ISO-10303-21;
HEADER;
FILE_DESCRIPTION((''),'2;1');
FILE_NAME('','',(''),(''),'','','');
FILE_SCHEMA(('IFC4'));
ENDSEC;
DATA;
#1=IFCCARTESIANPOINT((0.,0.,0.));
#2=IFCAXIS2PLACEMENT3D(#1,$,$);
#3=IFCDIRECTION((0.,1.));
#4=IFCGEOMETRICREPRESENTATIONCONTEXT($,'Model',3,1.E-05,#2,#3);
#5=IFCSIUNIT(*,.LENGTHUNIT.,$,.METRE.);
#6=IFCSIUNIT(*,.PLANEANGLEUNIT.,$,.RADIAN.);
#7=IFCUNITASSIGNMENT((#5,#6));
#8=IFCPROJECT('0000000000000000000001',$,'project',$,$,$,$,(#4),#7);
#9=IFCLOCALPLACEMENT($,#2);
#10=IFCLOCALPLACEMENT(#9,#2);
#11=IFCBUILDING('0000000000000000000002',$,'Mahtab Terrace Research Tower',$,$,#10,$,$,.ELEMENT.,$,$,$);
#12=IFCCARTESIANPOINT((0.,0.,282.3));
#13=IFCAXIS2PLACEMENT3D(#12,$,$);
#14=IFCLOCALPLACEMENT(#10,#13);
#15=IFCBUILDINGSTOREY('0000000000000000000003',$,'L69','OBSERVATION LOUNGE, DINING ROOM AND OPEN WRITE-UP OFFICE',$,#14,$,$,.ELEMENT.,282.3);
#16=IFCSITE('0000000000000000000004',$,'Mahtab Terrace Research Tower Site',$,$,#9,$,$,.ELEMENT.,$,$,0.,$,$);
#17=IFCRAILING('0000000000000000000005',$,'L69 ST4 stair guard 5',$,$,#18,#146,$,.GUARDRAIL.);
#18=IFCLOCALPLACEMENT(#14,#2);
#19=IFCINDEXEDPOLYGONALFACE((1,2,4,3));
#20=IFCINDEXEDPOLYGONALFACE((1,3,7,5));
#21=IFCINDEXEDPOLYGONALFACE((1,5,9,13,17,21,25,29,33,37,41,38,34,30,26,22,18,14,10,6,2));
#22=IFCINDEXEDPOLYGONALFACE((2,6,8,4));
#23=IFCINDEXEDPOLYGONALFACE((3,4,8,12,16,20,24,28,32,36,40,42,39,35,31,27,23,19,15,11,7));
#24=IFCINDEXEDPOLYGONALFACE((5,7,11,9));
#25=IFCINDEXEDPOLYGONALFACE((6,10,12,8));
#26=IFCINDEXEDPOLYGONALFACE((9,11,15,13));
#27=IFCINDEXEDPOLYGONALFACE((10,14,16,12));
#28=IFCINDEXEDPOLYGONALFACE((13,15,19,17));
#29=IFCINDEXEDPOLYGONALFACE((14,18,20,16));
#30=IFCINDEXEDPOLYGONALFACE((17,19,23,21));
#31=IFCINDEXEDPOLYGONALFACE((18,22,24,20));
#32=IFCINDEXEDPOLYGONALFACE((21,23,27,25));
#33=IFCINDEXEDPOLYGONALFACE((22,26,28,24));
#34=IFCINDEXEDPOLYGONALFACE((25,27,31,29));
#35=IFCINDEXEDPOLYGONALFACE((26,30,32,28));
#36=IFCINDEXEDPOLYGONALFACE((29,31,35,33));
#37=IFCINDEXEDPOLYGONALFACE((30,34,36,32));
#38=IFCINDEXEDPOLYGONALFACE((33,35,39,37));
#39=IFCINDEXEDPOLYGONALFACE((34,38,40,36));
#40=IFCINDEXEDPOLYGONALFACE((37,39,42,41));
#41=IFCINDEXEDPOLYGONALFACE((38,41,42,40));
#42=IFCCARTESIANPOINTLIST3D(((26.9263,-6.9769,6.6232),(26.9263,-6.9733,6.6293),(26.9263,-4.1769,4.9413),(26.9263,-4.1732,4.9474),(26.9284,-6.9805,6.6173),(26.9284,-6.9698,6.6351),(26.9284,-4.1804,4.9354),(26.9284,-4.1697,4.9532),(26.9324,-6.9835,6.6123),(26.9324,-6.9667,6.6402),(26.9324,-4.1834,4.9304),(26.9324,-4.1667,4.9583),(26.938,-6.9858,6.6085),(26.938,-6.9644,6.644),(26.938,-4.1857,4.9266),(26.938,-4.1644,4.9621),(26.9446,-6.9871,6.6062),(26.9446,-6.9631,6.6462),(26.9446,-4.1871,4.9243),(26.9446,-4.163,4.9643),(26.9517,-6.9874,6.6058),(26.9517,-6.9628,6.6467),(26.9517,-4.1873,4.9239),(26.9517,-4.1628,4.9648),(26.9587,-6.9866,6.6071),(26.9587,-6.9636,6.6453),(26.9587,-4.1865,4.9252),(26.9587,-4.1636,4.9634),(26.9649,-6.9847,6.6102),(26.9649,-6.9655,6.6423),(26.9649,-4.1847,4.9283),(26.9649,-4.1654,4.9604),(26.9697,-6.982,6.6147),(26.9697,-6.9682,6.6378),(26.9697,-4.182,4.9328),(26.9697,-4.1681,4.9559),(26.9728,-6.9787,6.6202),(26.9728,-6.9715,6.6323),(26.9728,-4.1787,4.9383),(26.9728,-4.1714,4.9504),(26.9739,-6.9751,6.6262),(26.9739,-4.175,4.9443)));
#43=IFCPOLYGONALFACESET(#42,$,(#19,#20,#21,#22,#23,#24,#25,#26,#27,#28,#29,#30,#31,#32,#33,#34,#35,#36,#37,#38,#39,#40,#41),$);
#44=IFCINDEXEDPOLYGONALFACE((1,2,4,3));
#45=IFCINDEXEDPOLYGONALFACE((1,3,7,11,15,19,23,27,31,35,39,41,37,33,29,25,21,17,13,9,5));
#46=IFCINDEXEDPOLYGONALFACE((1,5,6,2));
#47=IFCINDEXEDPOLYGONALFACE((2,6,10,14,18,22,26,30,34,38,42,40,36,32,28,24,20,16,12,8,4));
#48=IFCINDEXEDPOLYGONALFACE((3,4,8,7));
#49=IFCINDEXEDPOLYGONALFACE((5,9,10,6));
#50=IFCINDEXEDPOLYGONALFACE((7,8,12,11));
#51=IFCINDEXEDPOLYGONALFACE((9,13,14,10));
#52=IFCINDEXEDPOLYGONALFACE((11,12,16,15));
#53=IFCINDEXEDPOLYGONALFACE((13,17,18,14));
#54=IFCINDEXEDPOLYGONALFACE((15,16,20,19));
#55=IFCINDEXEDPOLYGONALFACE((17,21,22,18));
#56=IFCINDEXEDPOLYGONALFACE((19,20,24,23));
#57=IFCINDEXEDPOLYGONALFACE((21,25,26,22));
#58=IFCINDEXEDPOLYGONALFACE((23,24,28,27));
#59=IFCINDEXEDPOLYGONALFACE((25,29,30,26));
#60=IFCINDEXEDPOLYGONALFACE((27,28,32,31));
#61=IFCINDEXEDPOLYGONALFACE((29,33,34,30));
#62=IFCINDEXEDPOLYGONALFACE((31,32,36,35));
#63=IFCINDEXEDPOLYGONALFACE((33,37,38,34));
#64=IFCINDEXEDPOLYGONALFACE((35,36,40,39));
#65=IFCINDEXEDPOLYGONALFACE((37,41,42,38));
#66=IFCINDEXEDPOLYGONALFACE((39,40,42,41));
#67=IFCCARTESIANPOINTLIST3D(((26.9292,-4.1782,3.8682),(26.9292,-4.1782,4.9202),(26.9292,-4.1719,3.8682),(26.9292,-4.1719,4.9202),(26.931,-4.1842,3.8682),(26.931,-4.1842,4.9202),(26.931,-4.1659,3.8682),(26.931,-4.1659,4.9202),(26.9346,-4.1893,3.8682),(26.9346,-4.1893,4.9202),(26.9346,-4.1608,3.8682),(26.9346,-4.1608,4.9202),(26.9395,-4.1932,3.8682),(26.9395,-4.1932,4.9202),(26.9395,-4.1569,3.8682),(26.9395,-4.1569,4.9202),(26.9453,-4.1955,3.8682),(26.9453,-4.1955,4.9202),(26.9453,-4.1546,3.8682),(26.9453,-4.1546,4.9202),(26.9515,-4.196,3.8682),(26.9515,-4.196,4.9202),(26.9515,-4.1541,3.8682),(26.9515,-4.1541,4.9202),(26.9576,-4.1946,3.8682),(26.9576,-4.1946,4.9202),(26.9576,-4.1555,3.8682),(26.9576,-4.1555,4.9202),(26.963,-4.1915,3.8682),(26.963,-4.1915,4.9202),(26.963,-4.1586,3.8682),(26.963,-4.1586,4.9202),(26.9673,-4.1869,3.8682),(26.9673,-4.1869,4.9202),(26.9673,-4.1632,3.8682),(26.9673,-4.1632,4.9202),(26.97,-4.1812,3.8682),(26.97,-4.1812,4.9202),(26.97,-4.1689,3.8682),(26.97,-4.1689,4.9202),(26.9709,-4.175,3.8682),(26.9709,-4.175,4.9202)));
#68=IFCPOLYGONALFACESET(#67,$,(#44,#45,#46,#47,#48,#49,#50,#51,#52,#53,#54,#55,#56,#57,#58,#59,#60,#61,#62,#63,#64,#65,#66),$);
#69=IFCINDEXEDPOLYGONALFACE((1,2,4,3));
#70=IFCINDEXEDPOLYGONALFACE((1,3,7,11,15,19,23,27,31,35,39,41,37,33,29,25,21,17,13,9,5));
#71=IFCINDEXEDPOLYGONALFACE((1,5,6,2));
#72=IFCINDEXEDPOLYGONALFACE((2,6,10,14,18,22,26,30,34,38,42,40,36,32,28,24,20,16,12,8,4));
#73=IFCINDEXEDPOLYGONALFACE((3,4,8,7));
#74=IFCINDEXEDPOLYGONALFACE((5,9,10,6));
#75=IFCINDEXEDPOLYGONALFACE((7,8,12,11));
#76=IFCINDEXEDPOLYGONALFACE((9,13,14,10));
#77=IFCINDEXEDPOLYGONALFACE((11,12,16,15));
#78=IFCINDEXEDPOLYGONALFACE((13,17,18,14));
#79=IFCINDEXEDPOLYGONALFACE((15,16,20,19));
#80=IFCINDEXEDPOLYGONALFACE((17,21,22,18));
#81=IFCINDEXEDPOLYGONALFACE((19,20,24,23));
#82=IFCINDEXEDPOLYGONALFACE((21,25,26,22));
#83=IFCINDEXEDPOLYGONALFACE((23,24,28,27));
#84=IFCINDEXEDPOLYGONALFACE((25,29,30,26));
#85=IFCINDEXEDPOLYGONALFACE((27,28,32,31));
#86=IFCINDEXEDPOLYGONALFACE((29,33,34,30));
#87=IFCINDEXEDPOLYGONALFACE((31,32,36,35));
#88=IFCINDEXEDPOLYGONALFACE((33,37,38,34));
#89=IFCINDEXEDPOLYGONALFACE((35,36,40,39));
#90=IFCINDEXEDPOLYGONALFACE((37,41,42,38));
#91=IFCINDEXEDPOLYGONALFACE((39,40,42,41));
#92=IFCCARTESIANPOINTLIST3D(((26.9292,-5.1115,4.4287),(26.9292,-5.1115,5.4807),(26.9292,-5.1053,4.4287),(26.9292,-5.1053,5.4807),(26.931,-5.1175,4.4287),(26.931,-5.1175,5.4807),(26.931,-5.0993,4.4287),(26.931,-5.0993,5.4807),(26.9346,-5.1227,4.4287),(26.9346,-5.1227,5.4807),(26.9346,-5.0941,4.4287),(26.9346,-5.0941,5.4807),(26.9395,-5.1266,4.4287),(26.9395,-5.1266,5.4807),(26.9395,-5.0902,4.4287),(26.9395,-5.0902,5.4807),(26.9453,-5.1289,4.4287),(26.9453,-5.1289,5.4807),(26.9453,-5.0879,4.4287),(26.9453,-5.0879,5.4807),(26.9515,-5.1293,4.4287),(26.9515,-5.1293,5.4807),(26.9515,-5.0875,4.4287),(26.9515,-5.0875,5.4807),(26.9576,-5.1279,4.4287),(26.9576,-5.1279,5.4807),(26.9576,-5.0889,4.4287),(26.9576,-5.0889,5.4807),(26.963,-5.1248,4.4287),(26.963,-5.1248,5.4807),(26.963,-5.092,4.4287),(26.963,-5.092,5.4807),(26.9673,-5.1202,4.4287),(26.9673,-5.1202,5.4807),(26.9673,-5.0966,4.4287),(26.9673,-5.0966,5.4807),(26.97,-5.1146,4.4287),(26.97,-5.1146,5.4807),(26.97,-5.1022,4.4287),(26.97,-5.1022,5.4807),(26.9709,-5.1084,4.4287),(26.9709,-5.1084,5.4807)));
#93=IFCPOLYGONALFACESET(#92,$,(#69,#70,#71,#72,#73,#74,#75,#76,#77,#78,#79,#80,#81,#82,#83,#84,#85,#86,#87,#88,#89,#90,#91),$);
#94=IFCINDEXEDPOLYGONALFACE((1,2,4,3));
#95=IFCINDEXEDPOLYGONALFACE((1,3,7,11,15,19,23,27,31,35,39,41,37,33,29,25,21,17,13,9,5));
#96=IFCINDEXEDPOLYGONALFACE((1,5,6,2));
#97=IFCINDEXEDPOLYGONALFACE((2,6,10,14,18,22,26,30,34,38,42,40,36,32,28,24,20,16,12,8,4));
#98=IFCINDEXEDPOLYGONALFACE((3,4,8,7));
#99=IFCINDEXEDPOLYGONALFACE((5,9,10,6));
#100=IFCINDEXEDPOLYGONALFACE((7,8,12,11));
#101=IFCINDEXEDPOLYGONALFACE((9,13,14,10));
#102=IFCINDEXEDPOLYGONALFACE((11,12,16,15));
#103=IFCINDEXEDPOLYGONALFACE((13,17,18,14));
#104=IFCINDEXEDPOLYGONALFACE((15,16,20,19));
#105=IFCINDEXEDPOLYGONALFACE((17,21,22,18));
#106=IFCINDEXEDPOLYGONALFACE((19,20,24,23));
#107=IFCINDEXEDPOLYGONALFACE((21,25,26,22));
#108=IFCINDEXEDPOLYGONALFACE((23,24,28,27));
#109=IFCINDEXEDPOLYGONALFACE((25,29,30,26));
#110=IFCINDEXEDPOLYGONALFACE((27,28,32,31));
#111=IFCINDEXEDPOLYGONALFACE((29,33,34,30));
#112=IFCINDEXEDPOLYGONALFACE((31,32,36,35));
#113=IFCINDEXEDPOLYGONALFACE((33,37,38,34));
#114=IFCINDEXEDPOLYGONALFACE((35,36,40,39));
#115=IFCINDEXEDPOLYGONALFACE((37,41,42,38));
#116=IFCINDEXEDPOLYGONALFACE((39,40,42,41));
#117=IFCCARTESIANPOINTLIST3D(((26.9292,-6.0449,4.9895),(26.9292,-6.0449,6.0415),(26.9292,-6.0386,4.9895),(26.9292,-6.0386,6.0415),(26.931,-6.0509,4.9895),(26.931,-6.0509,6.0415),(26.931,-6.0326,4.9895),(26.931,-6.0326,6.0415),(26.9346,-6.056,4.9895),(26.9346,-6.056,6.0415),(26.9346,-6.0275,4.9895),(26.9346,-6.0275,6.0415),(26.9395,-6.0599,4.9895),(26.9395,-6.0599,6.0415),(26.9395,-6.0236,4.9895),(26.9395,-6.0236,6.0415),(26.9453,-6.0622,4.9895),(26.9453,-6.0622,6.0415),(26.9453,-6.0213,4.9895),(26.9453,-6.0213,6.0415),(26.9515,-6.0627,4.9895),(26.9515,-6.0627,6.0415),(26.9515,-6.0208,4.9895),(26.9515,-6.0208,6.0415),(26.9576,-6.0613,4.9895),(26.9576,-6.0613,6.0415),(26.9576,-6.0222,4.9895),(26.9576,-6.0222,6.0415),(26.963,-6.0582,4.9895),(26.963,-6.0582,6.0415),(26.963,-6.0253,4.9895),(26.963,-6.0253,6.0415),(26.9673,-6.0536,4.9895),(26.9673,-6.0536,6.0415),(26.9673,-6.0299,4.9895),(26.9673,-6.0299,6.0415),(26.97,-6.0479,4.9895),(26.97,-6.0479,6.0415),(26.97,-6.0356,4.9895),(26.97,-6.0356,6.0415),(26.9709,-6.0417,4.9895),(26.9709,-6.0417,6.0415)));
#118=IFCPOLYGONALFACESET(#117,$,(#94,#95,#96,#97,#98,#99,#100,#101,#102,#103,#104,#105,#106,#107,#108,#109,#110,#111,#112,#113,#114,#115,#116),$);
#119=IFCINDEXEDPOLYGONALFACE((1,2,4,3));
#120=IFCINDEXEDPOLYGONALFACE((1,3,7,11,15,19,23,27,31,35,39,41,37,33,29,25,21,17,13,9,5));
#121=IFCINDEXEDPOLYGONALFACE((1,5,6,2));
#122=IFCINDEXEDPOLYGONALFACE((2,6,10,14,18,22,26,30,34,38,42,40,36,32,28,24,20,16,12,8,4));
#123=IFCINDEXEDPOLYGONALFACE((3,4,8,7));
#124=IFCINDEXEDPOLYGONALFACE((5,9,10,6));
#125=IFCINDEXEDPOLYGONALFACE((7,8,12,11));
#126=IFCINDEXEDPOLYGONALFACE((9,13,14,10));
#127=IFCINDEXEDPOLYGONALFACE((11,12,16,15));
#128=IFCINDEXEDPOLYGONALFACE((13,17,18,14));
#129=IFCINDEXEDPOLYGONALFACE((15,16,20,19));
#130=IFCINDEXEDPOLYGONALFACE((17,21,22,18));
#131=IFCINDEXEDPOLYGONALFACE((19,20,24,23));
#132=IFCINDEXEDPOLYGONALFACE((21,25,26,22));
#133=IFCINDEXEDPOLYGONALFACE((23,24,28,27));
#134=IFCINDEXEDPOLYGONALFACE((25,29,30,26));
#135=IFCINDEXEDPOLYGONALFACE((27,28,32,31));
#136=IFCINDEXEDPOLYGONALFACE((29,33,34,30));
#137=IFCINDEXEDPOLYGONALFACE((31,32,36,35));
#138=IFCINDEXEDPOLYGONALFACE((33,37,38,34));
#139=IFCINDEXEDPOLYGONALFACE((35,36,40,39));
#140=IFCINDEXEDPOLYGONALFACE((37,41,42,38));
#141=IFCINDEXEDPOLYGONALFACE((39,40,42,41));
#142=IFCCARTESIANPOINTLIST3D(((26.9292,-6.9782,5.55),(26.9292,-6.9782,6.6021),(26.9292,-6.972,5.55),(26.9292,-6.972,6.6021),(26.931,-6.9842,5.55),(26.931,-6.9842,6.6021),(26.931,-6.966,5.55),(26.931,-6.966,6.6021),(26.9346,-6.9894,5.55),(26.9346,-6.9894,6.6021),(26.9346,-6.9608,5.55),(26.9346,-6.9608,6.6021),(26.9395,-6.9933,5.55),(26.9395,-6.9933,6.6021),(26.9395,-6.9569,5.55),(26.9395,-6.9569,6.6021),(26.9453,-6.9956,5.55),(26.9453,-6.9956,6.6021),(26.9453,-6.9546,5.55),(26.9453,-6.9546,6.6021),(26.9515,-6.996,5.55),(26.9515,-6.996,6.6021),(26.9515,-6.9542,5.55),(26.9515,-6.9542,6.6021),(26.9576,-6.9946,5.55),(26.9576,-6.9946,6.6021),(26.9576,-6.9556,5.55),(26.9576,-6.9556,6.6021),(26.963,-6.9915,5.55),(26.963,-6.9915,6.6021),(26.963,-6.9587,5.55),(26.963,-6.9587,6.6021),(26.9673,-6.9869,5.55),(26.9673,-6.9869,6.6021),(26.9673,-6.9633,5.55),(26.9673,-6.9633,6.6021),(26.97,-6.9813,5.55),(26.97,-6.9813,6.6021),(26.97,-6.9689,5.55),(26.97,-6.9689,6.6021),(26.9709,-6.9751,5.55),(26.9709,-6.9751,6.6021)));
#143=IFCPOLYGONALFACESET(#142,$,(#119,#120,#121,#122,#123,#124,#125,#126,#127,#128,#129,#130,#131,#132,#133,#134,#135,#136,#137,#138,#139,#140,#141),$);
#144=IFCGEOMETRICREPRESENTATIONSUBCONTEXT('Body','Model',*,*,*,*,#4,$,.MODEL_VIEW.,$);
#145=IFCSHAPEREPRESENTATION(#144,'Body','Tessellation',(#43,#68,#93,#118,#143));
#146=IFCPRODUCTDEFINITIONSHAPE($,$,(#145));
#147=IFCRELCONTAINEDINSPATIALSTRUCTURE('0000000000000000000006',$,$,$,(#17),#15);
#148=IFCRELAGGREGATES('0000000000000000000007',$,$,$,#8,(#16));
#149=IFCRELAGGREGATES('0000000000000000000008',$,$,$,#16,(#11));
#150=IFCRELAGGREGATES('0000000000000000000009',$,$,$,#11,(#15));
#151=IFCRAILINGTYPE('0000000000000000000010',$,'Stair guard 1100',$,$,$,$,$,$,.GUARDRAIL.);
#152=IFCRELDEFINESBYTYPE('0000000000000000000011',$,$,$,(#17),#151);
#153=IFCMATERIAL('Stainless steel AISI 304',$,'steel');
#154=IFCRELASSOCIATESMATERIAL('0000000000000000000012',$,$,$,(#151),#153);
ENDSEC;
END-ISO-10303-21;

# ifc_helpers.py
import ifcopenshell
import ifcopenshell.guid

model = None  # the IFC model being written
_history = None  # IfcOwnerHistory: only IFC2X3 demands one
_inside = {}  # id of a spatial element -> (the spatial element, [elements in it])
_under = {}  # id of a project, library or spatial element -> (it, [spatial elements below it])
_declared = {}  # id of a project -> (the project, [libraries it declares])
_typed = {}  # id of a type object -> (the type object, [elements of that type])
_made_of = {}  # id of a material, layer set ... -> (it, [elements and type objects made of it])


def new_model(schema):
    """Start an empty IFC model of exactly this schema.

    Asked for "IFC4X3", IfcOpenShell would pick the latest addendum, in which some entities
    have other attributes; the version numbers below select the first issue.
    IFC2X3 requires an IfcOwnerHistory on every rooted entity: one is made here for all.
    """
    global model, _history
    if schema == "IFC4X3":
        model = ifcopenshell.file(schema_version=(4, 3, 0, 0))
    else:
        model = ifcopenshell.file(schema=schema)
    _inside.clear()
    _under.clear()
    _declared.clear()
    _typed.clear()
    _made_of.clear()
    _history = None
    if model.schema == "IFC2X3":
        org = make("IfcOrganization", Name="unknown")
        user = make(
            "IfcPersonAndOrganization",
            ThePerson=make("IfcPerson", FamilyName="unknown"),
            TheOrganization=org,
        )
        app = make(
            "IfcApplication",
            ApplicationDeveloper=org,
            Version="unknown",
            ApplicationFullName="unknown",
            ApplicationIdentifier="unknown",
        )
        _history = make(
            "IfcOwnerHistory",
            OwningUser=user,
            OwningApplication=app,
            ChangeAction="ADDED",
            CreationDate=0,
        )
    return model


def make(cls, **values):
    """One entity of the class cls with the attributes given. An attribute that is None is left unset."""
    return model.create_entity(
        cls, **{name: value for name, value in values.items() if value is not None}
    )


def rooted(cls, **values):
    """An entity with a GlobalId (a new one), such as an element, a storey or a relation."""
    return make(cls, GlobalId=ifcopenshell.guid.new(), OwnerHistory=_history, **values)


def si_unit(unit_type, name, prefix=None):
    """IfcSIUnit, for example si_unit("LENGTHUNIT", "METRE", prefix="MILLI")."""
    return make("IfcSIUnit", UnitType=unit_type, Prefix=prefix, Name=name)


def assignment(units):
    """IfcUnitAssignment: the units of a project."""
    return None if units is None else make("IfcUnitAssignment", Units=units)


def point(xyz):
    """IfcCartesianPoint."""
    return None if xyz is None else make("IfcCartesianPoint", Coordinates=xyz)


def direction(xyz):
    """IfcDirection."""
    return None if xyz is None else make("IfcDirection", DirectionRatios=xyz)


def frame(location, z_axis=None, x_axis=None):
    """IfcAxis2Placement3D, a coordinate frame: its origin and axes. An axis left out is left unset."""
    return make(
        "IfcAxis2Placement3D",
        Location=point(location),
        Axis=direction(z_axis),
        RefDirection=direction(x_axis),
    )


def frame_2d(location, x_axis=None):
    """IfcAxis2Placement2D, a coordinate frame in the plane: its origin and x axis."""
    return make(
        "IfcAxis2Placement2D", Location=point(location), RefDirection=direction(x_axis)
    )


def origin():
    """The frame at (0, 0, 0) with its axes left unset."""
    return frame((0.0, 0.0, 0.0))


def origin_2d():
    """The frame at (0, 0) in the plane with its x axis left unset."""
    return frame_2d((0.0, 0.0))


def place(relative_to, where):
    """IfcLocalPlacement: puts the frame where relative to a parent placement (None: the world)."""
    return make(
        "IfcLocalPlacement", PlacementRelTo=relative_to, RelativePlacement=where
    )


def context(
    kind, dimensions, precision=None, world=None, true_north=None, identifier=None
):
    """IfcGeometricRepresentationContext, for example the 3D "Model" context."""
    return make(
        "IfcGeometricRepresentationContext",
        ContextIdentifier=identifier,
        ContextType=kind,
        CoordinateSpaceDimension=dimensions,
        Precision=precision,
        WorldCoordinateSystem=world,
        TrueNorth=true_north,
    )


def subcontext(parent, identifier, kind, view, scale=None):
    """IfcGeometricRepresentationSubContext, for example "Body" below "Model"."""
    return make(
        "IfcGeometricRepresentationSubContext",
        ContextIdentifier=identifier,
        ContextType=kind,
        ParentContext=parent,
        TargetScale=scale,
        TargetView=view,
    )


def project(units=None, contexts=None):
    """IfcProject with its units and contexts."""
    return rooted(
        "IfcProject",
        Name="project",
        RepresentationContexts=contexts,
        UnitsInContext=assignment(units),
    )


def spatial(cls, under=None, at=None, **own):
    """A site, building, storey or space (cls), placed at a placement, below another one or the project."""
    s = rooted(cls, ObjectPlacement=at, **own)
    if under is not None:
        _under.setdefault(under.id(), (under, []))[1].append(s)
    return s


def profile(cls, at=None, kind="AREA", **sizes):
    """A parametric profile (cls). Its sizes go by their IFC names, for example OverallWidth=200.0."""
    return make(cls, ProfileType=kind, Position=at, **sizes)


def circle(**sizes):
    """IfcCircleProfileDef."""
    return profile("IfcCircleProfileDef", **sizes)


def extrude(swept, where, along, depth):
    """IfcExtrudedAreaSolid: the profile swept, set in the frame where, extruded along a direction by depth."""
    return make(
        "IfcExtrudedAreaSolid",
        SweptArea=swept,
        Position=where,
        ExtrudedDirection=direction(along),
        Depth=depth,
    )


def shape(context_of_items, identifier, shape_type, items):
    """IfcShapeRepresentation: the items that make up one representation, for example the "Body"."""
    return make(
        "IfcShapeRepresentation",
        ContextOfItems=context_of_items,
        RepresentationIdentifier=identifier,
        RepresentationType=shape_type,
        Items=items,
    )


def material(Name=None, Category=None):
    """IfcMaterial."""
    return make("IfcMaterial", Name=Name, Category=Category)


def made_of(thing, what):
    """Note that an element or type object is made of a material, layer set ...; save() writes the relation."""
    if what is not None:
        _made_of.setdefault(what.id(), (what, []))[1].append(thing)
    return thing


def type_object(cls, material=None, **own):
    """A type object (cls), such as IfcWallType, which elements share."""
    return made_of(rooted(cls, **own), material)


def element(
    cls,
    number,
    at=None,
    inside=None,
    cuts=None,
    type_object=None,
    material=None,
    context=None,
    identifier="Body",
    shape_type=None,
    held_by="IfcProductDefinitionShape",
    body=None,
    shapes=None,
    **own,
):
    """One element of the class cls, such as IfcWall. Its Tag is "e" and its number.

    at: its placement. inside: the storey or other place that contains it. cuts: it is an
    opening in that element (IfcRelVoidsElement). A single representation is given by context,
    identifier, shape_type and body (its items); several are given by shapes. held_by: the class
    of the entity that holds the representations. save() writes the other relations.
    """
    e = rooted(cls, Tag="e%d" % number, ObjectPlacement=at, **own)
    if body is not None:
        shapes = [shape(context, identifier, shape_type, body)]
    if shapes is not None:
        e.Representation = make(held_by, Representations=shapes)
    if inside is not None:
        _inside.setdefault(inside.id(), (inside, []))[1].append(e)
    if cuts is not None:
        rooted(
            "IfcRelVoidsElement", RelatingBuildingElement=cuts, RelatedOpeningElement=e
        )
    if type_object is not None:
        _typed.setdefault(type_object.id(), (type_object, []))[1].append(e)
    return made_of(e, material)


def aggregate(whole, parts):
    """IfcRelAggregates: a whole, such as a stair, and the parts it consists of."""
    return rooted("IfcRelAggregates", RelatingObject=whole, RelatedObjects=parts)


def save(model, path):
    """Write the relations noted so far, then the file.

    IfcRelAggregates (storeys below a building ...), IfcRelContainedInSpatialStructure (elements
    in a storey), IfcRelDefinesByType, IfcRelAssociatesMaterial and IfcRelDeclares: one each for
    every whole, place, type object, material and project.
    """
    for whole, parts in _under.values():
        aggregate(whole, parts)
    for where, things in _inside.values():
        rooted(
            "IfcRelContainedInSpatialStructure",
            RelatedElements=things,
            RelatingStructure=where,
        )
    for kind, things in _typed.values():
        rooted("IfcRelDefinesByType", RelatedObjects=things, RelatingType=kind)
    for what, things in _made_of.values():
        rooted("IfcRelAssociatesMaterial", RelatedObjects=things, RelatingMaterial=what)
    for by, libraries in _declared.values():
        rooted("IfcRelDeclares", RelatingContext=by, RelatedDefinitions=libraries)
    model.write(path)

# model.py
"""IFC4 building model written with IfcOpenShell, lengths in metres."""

from ifc_helpers import new_model, si_unit, direction, frame, origin, origin_2d, place, context, subcontext, project, spatial, circle, extrude, material, type_object, element, save


model = new_model("IFC4")

# Units and contexts
model_context = context("Model", 3, precision=1e-05, world=origin(), true_north=direction((0.0, 1.0)))
body_context = subcontext(model_context, "Body", "Model", "MODEL_VIEW")
ifc_project = project(units=[si_unit("LENGTHUNIT", "METRE"), si_unit("PLANEANGLEUNIT", "RADIAN")], contexts=[model_context])

# Site, building, storey
site_placement = place(None, origin())
site = spatial("IfcSite", under=ifc_project, at=site_placement, Name="Mahtab Terrace Research Tower Site", CompositionType="ELEMENT", RefElevation=0.0)
building_placement = place(site_placement, origin())
building = spatial("IfcBuilding", under=site, at=building_placement, Name="Mahtab Terrace Research Tower", CompositionType="ELEMENT")
storey_placement = place(building_placement, frame((0.0, 0.0, 282.3)))
storey = spatial("IfcBuildingStorey", under=building, at=storey_placement, Name="L69", Description="OBSERVATION LOUNGE, DINING ROOM AND OPEN WRITE-UP OFFICE", CompositionType="ELEMENT", Elevation=282.3)

# Railing
ifc_material_1 = material(Name="Stainless steel AISI 304", Category="steel")
railing_type_1 = type_object("IfcRailingType", Name="Stair guard 1100", PredefinedType="GUARDRAIL", material=ifc_material_1)
railing_1_placement = place(storey_placement, frame((26.95, -4.175, 3.8682)))
element("IfcRailing", 1, at=railing_1_placement, inside=storey, type_object=railing_type_1, Name="L69 ST4 stair guard 5", PredefinedType="GUARDRAIL", context=body_context, shape_type="SweptSolid", body=[
    extrude(circle(Radius=0.0239, at=origin_2d()), frame((0.0, 0.0, 1.0762), z_axis=(0.0, -0.857242, 0.514913), x_axis=(1.0, 0.0, 0.0)), (0.0, 0.0, 1.0), 3.2664),
    extrude(circle(Radius=0.021, at=origin_2d()), origin(), (0.0, 0.0, 1.0), 1.052),
    extrude(circle(Radius=0.021, at=origin_2d()), frame((0.0, -0.9333, 0.5605)), (0.0, 0.0, 1.0), 1.052),
    extrude(circle(Radius=0.021, at=origin_2d()), frame((0.0, -1.8667, 1.1213)), (0.0, 0.0, 1.0), 1.052),
    extrude(circle(Radius=0.021, at=origin_2d()), frame((0.0, -2.8, 1.6819)), (0.0, 0.0, 1.0), 1.052),
])

save(model, "model.ifc")
